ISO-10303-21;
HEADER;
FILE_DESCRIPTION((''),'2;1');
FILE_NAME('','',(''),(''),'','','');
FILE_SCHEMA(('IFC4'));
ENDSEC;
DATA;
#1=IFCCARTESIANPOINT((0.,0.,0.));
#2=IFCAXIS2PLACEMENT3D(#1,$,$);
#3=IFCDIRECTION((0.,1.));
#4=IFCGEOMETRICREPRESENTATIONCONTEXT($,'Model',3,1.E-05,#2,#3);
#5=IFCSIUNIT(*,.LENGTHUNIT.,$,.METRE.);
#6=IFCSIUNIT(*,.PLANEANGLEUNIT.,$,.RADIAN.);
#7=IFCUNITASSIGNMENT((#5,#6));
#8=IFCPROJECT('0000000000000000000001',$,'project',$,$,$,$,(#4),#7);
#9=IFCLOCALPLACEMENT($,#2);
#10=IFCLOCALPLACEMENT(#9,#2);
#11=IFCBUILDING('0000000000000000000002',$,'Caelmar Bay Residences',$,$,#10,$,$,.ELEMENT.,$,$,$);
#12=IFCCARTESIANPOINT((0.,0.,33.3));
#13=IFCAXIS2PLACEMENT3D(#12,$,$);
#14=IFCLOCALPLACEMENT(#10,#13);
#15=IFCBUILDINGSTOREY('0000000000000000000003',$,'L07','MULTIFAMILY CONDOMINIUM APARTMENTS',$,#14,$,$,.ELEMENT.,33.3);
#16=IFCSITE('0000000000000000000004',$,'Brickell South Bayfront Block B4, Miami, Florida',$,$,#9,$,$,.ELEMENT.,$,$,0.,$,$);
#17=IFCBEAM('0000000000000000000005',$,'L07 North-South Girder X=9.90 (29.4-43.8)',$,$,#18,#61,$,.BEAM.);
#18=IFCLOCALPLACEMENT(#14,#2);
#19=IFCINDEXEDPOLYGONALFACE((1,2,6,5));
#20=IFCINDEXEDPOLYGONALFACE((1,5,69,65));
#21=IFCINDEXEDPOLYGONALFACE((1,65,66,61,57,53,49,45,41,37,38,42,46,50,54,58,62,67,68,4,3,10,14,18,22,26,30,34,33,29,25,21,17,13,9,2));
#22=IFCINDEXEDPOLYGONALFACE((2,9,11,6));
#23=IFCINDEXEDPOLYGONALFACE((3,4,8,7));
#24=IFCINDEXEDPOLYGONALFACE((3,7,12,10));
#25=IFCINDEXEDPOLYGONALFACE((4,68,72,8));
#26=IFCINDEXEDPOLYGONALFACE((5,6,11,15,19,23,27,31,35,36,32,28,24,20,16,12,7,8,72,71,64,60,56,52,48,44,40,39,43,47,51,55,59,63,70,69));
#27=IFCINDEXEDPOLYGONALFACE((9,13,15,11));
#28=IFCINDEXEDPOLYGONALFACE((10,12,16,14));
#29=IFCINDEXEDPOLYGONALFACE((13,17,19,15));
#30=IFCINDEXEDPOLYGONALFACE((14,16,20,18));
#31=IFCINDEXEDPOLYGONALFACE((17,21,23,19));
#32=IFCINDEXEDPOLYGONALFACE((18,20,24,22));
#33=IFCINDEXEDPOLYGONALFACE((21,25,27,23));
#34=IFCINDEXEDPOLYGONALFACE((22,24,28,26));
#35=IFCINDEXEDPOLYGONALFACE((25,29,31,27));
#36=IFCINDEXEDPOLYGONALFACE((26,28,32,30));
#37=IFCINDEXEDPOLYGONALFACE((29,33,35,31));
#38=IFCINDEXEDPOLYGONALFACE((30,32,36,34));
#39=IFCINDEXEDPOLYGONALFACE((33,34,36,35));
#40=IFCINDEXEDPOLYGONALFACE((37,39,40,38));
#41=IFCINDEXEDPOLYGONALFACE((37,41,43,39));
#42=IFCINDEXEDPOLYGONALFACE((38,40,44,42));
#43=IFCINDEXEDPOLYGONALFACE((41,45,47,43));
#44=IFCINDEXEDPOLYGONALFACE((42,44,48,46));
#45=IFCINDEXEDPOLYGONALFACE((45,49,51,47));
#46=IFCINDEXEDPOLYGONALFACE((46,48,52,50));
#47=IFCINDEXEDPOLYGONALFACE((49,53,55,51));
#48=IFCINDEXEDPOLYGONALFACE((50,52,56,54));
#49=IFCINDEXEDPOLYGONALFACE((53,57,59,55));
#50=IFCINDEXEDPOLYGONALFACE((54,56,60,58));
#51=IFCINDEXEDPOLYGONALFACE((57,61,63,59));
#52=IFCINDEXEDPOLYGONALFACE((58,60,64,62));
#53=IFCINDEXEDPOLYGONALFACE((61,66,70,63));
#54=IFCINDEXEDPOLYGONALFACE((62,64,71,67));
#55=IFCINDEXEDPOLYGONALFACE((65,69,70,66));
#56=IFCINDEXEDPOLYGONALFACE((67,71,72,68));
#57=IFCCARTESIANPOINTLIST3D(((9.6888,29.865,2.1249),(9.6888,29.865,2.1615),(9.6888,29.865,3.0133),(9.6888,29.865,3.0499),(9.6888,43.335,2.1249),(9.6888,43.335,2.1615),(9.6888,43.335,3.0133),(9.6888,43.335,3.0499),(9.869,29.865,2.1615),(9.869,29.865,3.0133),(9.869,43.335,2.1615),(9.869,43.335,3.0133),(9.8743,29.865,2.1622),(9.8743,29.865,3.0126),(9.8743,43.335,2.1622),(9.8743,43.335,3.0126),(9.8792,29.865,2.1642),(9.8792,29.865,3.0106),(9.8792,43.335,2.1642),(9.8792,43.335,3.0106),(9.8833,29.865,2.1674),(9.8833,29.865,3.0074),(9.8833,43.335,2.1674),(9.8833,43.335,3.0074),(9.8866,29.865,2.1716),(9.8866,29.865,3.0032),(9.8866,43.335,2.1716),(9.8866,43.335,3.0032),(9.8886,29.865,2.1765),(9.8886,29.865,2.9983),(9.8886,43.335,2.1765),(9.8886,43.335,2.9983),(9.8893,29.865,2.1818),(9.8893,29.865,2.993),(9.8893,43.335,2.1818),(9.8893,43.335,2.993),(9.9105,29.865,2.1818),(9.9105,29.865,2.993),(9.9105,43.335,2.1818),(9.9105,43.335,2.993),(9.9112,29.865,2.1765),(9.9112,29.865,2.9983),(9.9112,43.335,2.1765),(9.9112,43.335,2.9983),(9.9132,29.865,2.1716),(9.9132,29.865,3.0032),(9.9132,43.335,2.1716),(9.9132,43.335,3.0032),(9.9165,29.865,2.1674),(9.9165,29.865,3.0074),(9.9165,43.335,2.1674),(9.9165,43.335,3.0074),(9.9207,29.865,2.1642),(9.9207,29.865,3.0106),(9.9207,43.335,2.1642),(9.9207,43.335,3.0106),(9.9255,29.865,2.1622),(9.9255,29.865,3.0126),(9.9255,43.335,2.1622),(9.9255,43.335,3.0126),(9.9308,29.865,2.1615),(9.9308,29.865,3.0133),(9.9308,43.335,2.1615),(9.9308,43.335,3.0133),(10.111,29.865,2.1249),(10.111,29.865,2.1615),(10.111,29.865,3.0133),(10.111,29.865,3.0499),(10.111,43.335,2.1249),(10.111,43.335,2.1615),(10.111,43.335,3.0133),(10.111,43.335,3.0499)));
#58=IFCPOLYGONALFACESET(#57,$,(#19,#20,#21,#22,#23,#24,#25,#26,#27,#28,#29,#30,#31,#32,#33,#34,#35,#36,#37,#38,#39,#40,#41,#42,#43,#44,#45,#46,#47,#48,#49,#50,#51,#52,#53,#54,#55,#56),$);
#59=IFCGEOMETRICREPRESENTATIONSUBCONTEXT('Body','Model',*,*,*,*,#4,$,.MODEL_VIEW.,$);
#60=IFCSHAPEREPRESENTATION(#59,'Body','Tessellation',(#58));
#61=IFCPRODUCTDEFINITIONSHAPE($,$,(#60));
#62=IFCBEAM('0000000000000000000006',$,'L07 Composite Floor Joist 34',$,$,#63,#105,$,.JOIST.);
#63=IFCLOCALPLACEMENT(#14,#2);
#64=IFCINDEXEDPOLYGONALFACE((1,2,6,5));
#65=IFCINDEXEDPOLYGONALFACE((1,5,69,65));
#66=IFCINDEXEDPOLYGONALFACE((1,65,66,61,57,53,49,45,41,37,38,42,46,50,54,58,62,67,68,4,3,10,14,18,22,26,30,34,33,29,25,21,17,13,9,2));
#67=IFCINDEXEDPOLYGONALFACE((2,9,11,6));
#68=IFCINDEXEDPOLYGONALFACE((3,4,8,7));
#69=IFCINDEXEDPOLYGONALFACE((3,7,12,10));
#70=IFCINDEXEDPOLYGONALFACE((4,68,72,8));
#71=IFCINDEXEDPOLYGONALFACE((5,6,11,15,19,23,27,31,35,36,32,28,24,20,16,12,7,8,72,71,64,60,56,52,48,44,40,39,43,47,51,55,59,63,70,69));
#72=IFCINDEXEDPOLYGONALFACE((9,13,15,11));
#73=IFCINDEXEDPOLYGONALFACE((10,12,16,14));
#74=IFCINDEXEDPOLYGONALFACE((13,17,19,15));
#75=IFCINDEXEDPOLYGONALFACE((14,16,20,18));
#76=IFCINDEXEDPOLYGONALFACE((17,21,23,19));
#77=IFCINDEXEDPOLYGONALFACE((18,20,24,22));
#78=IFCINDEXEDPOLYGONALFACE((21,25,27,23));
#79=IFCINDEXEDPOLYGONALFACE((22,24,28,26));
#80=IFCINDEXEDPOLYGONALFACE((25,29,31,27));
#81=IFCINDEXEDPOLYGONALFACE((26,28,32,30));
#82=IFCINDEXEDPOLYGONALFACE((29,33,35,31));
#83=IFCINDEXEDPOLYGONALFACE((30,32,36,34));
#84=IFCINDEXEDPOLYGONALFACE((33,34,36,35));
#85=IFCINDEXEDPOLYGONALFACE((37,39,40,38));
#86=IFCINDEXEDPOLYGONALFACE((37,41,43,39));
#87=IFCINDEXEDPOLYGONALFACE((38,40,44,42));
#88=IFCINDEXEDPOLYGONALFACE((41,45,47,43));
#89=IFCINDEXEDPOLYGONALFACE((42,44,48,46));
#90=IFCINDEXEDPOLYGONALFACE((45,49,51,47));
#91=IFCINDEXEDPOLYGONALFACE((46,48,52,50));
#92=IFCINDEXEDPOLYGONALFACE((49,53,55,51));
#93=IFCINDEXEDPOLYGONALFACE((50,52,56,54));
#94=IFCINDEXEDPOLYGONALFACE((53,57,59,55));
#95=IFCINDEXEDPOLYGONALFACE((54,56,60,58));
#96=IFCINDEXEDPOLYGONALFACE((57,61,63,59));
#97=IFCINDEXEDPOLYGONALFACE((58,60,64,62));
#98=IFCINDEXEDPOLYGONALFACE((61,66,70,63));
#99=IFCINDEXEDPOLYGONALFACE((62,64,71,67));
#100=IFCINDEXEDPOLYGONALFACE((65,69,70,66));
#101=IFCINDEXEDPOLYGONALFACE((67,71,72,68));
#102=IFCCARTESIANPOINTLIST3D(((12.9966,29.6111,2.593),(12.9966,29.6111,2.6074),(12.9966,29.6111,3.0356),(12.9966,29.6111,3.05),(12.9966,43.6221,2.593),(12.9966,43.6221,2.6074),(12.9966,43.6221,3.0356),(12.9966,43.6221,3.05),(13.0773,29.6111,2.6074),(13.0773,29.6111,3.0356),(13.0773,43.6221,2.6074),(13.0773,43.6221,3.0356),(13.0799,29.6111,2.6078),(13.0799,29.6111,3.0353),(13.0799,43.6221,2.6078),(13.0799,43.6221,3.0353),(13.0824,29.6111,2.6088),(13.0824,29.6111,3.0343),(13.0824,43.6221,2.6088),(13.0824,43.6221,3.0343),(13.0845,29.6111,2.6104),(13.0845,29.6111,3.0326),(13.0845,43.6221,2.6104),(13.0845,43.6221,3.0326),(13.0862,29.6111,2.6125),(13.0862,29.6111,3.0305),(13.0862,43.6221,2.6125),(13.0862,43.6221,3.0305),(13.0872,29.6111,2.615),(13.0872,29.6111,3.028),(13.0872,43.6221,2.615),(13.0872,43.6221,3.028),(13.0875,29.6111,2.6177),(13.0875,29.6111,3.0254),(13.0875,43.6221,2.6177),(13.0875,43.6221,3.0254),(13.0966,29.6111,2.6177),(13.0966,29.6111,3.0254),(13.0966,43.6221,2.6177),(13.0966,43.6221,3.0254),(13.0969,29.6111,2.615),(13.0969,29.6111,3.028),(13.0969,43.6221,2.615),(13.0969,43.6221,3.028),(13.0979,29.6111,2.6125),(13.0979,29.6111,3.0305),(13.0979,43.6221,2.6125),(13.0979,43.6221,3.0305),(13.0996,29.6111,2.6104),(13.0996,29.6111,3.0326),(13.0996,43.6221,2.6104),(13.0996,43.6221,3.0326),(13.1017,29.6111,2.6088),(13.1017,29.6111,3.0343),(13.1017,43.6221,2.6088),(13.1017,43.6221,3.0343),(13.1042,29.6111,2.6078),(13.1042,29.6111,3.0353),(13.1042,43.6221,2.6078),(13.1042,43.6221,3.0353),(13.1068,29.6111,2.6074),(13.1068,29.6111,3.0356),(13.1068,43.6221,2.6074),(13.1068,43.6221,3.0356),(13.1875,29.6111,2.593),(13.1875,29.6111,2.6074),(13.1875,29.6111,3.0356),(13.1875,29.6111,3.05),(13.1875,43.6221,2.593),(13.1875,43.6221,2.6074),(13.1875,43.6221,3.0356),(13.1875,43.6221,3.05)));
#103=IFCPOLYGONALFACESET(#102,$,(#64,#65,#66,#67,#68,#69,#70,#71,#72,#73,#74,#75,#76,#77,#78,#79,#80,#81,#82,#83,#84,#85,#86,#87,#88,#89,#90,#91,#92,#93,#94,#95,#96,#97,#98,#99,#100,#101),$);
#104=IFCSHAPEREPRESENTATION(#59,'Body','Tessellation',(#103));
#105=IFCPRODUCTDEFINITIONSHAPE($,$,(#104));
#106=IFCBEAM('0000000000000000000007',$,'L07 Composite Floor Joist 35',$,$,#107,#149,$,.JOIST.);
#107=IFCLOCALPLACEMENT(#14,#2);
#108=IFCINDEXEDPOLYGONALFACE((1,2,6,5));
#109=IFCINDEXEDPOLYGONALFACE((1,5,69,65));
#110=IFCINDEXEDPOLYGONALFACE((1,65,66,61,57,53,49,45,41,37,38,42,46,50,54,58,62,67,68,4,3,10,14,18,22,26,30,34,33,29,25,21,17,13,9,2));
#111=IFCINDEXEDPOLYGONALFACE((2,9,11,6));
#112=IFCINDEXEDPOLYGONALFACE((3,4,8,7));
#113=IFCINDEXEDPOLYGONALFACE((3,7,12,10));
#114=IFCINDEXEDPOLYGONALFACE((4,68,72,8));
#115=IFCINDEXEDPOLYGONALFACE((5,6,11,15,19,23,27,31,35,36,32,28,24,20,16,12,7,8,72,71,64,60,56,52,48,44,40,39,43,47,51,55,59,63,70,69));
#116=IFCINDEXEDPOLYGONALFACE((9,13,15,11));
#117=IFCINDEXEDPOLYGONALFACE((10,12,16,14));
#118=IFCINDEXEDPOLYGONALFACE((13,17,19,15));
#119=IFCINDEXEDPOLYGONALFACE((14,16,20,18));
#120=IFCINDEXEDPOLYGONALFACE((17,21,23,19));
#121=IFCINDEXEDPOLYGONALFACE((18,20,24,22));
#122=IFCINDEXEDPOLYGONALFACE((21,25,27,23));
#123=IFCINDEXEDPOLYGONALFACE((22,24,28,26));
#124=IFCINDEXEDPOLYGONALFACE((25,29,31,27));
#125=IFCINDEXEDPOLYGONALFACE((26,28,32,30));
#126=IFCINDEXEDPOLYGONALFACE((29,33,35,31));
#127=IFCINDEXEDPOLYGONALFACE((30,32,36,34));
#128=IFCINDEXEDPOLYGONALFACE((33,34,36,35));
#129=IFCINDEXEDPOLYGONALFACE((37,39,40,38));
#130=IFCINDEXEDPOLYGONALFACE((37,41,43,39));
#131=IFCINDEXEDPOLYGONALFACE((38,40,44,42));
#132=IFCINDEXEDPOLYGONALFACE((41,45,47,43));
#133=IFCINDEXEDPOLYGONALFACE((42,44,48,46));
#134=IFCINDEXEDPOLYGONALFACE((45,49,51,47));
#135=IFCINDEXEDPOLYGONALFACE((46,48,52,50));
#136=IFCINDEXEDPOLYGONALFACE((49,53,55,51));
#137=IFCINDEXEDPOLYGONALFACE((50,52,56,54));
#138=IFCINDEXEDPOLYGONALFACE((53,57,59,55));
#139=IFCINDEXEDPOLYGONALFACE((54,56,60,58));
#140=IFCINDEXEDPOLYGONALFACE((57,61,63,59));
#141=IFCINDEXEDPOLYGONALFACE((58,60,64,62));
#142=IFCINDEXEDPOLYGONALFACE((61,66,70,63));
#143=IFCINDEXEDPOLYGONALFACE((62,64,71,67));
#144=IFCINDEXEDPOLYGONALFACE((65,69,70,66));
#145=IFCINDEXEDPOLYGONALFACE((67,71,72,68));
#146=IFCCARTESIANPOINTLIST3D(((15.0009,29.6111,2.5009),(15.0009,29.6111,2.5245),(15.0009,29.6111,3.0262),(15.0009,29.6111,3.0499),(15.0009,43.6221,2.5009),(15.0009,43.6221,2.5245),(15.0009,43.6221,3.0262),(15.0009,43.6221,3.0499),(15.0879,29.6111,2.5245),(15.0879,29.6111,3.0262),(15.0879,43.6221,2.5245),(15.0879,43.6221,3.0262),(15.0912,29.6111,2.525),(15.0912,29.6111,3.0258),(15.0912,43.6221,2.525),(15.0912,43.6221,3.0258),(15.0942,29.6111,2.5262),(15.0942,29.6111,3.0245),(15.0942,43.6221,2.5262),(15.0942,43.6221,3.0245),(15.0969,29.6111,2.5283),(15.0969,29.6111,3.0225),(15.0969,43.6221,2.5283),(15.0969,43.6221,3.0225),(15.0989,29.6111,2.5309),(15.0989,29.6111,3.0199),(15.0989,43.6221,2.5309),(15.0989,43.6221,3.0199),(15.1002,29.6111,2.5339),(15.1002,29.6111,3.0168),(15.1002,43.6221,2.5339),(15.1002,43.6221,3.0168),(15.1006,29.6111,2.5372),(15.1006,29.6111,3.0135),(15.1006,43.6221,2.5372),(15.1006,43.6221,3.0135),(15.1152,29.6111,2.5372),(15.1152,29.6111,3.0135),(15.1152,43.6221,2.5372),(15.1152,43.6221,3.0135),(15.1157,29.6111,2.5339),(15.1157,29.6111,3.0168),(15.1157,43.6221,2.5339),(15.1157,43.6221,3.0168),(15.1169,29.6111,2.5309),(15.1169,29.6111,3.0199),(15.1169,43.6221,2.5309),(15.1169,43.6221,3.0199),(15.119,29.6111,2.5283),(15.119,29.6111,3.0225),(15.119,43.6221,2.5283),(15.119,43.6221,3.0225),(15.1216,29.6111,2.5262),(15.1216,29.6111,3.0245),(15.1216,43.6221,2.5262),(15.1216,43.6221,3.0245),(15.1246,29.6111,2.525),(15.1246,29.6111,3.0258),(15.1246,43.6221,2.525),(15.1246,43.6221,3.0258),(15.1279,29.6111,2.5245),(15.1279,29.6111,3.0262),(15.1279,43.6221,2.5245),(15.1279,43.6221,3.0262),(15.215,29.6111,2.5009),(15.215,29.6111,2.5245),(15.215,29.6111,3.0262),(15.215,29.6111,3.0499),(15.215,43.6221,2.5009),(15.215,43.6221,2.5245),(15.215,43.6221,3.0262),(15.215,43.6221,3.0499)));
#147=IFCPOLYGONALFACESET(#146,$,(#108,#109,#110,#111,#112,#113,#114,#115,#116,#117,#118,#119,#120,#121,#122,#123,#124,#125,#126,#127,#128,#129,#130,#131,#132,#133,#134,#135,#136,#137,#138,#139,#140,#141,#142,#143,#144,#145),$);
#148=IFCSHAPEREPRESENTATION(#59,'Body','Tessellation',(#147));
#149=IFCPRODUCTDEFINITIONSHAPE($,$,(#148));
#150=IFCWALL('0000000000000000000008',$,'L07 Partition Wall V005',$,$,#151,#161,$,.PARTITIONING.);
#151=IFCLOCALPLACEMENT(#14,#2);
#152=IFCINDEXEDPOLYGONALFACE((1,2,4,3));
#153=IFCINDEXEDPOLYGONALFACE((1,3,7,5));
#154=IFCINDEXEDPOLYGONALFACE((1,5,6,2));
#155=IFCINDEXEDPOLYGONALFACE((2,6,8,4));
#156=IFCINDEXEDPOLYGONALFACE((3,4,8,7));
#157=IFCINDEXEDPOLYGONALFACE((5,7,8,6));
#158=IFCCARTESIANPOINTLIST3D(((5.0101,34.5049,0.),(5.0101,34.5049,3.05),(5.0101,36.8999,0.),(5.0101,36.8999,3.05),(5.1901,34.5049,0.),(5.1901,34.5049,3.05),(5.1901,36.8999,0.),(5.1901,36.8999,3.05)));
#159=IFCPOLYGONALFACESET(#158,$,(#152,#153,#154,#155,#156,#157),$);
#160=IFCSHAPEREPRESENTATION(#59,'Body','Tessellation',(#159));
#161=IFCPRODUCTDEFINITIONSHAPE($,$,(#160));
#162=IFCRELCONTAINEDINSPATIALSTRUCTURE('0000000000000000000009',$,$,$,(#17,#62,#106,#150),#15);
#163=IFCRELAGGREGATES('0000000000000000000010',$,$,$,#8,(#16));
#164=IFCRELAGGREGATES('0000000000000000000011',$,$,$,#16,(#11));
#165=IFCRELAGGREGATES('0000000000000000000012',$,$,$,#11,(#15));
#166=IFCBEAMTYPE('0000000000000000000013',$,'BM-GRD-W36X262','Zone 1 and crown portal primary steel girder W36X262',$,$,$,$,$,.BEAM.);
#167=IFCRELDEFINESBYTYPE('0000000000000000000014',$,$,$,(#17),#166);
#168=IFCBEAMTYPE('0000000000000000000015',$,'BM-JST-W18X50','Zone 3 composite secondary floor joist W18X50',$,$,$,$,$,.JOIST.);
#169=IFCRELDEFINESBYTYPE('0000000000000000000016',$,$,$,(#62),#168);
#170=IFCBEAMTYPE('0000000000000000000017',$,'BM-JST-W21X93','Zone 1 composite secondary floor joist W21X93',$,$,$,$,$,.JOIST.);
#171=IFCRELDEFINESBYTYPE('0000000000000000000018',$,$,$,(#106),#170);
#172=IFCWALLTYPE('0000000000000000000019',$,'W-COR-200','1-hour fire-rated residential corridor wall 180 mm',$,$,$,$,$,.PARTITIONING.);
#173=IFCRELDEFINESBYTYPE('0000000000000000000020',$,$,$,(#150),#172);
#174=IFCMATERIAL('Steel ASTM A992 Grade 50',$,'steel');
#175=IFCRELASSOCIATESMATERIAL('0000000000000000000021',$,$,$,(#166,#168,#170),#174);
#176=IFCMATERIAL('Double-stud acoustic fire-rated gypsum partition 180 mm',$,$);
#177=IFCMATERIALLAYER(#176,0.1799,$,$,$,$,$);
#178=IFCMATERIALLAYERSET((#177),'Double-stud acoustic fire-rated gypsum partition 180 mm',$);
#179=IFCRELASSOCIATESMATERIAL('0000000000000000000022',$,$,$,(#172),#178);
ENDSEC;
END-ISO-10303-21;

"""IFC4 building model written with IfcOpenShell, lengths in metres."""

from ifc_helpers import new_model, si_unit, direction, frame, frame_2d, origin, origin_2d, place, context, subcontext, project, spatial, rectangle, i_section, extrude, material, layer, layer_set, material_profile, profile_set, type_object, element, save


model = new_model("IFC4")

# Units and contexts
model_context = context("Model", 3, precision=1e-05, world=origin(), true_north=direction((0.0, 1.0)))
body_context = subcontext(model_context, "Body", "Model", "MODEL_VIEW")
ifc_project = project(units=[si_unit("LENGTHUNIT", "METRE"), si_unit("PLANEANGLEUNIT", "RADIAN")], contexts=[model_context])

# Site, building, storey
site_placement = place(None, origin())
site = spatial("IfcSite", under=ifc_project, at=site_placement, Name="Brickell South Bayfront Block B4, Miami, Florida", CompositionType="ELEMENT", RefElevation=0.0)
building_placement = place(site_placement, origin())
building = spatial("IfcBuilding", under=site, at=building_placement, Name="Caelmar Bay Residences", CompositionType="ELEMENT")
storey_placement = place(building_placement, frame((0.0, 0.0, 33.3)))
storey = spatial("IfcBuildingStorey", under=building, at=storey_placement, Name="L07", Description="MULTIFAMILY CONDOMINIUM APARTMENTS", CompositionType="ELEMENT", Elevation=33.3)

# Beams
ifc_material_1 = material(Name="Steel ASTM A992 Grade 50", Category="steel")
ifc_material_profile_1 = material_profile(ifc_material_1, i_section(OverallWidth=0.4221, OverallDepth=0.925, WebThickness=0.0212, FlangeThickness=0.0366, FilletRadius=0.0203, at=origin_2d()), Name="W36X262")
ifc_profile_set_1 = profile_set([ifc_material_profile_1], Name="Steel ASTM A992 Grade 50")
beam_type_1 = type_object("IfcBeamType", Name="BM-GRD-W36X262", Description="Zone 1 and crown portal primary steel girder W36X262", PredefinedType="BEAM", material=ifc_profile_set_1)
beam_1_placement = place(storey_placement, frame((9.8999, 29.865, 2.5874), z_axis=(0.0, 1.0, 0.0), x_axis=(-1.0, 0.0, 0.0)))
element("IfcBeam", 1, at=beam_1_placement, inside=storey, type_object=beam_type_1, Name="L07 North-South Girder X=9.90 (29.4-43.8)", PredefinedType="BEAM", context=body_context, shape_type="SweptSolid", body=[
    extrude(i_section(OverallWidth=0.4221, OverallDepth=0.925, WebThickness=0.0212, FlangeThickness=0.0366, FilletRadius=0.0203, at=origin_2d()), origin(), (0.0, 0.0, 1.0), 13.47),
])
ifc_material_profile_2 = material_profile(ifc_material_1, i_section(OverallWidth=0.1909, OverallDepth=0.457, WebThickness=0.009, FlangeThickness=0.0144, FilletRadius=0.0103, at=origin_2d()), Name="W18X50")
ifc_profile_set_2 = profile_set([ifc_material_profile_2], Name="Steel ASTM A992 Grade 50")
beam_type_2 = type_object("IfcBeamType", Name="BM-JST-W18X50", Description="Zone 3 composite secondary floor joist W18X50", PredefinedType="JOIST", material=ifc_profile_set_2)
beam_2_placement = place(storey_placement, frame((13.092, 29.6111, 2.8215), z_axis=(0.0, 1.0, 0.0), x_axis=(-1.0, 0.0, 0.0)))
element("IfcBeam", 2, at=beam_2_placement, inside=storey, type_object=beam_type_2, Name="L07 Composite Floor Joist 34", PredefinedType="JOIST", context=body_context, shape_type="SweptSolid", body=[
    extrude(i_section(OverallWidth=0.1909, OverallDepth=0.457, WebThickness=0.009, FlangeThickness=0.0144, FilletRadius=0.0103, at=origin_2d()), origin(), (0.0, 0.0, 1.0), 14.011),
])
ifc_material_profile_3 = material_profile(ifc_material_1, i_section(OverallWidth=0.2141, OverallDepth=0.5491, WebThickness=0.0146, FlangeThickness=0.0237, FilletRadius=0.0127, at=origin_2d()), Name="W21X93")
ifc_profile_set_3 = profile_set([ifc_material_profile_3], Name="Steel ASTM A992 Grade 50")
beam_type_3 = type_object("IfcBeamType", Name="BM-JST-W21X93", Description="Zone 1 composite secondary floor joist W21X93", PredefinedType="JOIST", material=ifc_profile_set_3)
beam_3_placement = place(storey_placement, frame((15.1079, 29.6111, 2.7754), z_axis=(0.0, 1.0, 0.0), x_axis=(-1.0, 0.0, 0.0)))
element("IfcBeam", 3, at=beam_3_placement, inside=storey, type_object=beam_type_3, Name="L07 Composite Floor Joist 35", PredefinedType="JOIST", context=body_context, shape_type="SweptSolid", body=[
    extrude(i_section(OverallWidth=0.2141, OverallDepth=0.5491, WebThickness=0.0146, FlangeThickness=0.0237, FilletRadius=0.0127, at=origin_2d()), origin(), (0.0, 0.0, 1.0), 14.011),
])

# Wall
ifc_material_2 = material(Name="Double-stud acoustic fire-rated gypsum partition 180 mm")
ifc_layer_1 = layer(ifc_material_2, 0.1799)
ifc_layer_set_1 = layer_set([ifc_layer_1], Name="Double-stud acoustic fire-rated gypsum partition 180 mm")
wall_type_1 = type_object("IfcWallType", Name="W-COR-200", Description="1-hour fire-rated residential corridor wall 180 mm", PredefinedType="PARTITIONING", material=ifc_layer_set_1)
wall_1_placement = place(storey_placement, frame((5.1001, 34.5049, 0.0), z_axis=(0.0, 0.0, 1.0), x_axis=(0.0, 1.0, 0.0)))
element("IfcWall", 4, at=wall_1_placement, inside=storey, type_object=wall_type_1, Name="L07 Partition Wall V005", PredefinedType="PARTITIONING", context=body_context, shape_type="SweptSolid", body=[
    extrude(rectangle(XDim=2.395, YDim=0.1799, at=frame_2d((1.1975, 0.0))), origin(), (0.0, 0.0, 1.0), 3.05),
])

save(model, "model.ifc")
